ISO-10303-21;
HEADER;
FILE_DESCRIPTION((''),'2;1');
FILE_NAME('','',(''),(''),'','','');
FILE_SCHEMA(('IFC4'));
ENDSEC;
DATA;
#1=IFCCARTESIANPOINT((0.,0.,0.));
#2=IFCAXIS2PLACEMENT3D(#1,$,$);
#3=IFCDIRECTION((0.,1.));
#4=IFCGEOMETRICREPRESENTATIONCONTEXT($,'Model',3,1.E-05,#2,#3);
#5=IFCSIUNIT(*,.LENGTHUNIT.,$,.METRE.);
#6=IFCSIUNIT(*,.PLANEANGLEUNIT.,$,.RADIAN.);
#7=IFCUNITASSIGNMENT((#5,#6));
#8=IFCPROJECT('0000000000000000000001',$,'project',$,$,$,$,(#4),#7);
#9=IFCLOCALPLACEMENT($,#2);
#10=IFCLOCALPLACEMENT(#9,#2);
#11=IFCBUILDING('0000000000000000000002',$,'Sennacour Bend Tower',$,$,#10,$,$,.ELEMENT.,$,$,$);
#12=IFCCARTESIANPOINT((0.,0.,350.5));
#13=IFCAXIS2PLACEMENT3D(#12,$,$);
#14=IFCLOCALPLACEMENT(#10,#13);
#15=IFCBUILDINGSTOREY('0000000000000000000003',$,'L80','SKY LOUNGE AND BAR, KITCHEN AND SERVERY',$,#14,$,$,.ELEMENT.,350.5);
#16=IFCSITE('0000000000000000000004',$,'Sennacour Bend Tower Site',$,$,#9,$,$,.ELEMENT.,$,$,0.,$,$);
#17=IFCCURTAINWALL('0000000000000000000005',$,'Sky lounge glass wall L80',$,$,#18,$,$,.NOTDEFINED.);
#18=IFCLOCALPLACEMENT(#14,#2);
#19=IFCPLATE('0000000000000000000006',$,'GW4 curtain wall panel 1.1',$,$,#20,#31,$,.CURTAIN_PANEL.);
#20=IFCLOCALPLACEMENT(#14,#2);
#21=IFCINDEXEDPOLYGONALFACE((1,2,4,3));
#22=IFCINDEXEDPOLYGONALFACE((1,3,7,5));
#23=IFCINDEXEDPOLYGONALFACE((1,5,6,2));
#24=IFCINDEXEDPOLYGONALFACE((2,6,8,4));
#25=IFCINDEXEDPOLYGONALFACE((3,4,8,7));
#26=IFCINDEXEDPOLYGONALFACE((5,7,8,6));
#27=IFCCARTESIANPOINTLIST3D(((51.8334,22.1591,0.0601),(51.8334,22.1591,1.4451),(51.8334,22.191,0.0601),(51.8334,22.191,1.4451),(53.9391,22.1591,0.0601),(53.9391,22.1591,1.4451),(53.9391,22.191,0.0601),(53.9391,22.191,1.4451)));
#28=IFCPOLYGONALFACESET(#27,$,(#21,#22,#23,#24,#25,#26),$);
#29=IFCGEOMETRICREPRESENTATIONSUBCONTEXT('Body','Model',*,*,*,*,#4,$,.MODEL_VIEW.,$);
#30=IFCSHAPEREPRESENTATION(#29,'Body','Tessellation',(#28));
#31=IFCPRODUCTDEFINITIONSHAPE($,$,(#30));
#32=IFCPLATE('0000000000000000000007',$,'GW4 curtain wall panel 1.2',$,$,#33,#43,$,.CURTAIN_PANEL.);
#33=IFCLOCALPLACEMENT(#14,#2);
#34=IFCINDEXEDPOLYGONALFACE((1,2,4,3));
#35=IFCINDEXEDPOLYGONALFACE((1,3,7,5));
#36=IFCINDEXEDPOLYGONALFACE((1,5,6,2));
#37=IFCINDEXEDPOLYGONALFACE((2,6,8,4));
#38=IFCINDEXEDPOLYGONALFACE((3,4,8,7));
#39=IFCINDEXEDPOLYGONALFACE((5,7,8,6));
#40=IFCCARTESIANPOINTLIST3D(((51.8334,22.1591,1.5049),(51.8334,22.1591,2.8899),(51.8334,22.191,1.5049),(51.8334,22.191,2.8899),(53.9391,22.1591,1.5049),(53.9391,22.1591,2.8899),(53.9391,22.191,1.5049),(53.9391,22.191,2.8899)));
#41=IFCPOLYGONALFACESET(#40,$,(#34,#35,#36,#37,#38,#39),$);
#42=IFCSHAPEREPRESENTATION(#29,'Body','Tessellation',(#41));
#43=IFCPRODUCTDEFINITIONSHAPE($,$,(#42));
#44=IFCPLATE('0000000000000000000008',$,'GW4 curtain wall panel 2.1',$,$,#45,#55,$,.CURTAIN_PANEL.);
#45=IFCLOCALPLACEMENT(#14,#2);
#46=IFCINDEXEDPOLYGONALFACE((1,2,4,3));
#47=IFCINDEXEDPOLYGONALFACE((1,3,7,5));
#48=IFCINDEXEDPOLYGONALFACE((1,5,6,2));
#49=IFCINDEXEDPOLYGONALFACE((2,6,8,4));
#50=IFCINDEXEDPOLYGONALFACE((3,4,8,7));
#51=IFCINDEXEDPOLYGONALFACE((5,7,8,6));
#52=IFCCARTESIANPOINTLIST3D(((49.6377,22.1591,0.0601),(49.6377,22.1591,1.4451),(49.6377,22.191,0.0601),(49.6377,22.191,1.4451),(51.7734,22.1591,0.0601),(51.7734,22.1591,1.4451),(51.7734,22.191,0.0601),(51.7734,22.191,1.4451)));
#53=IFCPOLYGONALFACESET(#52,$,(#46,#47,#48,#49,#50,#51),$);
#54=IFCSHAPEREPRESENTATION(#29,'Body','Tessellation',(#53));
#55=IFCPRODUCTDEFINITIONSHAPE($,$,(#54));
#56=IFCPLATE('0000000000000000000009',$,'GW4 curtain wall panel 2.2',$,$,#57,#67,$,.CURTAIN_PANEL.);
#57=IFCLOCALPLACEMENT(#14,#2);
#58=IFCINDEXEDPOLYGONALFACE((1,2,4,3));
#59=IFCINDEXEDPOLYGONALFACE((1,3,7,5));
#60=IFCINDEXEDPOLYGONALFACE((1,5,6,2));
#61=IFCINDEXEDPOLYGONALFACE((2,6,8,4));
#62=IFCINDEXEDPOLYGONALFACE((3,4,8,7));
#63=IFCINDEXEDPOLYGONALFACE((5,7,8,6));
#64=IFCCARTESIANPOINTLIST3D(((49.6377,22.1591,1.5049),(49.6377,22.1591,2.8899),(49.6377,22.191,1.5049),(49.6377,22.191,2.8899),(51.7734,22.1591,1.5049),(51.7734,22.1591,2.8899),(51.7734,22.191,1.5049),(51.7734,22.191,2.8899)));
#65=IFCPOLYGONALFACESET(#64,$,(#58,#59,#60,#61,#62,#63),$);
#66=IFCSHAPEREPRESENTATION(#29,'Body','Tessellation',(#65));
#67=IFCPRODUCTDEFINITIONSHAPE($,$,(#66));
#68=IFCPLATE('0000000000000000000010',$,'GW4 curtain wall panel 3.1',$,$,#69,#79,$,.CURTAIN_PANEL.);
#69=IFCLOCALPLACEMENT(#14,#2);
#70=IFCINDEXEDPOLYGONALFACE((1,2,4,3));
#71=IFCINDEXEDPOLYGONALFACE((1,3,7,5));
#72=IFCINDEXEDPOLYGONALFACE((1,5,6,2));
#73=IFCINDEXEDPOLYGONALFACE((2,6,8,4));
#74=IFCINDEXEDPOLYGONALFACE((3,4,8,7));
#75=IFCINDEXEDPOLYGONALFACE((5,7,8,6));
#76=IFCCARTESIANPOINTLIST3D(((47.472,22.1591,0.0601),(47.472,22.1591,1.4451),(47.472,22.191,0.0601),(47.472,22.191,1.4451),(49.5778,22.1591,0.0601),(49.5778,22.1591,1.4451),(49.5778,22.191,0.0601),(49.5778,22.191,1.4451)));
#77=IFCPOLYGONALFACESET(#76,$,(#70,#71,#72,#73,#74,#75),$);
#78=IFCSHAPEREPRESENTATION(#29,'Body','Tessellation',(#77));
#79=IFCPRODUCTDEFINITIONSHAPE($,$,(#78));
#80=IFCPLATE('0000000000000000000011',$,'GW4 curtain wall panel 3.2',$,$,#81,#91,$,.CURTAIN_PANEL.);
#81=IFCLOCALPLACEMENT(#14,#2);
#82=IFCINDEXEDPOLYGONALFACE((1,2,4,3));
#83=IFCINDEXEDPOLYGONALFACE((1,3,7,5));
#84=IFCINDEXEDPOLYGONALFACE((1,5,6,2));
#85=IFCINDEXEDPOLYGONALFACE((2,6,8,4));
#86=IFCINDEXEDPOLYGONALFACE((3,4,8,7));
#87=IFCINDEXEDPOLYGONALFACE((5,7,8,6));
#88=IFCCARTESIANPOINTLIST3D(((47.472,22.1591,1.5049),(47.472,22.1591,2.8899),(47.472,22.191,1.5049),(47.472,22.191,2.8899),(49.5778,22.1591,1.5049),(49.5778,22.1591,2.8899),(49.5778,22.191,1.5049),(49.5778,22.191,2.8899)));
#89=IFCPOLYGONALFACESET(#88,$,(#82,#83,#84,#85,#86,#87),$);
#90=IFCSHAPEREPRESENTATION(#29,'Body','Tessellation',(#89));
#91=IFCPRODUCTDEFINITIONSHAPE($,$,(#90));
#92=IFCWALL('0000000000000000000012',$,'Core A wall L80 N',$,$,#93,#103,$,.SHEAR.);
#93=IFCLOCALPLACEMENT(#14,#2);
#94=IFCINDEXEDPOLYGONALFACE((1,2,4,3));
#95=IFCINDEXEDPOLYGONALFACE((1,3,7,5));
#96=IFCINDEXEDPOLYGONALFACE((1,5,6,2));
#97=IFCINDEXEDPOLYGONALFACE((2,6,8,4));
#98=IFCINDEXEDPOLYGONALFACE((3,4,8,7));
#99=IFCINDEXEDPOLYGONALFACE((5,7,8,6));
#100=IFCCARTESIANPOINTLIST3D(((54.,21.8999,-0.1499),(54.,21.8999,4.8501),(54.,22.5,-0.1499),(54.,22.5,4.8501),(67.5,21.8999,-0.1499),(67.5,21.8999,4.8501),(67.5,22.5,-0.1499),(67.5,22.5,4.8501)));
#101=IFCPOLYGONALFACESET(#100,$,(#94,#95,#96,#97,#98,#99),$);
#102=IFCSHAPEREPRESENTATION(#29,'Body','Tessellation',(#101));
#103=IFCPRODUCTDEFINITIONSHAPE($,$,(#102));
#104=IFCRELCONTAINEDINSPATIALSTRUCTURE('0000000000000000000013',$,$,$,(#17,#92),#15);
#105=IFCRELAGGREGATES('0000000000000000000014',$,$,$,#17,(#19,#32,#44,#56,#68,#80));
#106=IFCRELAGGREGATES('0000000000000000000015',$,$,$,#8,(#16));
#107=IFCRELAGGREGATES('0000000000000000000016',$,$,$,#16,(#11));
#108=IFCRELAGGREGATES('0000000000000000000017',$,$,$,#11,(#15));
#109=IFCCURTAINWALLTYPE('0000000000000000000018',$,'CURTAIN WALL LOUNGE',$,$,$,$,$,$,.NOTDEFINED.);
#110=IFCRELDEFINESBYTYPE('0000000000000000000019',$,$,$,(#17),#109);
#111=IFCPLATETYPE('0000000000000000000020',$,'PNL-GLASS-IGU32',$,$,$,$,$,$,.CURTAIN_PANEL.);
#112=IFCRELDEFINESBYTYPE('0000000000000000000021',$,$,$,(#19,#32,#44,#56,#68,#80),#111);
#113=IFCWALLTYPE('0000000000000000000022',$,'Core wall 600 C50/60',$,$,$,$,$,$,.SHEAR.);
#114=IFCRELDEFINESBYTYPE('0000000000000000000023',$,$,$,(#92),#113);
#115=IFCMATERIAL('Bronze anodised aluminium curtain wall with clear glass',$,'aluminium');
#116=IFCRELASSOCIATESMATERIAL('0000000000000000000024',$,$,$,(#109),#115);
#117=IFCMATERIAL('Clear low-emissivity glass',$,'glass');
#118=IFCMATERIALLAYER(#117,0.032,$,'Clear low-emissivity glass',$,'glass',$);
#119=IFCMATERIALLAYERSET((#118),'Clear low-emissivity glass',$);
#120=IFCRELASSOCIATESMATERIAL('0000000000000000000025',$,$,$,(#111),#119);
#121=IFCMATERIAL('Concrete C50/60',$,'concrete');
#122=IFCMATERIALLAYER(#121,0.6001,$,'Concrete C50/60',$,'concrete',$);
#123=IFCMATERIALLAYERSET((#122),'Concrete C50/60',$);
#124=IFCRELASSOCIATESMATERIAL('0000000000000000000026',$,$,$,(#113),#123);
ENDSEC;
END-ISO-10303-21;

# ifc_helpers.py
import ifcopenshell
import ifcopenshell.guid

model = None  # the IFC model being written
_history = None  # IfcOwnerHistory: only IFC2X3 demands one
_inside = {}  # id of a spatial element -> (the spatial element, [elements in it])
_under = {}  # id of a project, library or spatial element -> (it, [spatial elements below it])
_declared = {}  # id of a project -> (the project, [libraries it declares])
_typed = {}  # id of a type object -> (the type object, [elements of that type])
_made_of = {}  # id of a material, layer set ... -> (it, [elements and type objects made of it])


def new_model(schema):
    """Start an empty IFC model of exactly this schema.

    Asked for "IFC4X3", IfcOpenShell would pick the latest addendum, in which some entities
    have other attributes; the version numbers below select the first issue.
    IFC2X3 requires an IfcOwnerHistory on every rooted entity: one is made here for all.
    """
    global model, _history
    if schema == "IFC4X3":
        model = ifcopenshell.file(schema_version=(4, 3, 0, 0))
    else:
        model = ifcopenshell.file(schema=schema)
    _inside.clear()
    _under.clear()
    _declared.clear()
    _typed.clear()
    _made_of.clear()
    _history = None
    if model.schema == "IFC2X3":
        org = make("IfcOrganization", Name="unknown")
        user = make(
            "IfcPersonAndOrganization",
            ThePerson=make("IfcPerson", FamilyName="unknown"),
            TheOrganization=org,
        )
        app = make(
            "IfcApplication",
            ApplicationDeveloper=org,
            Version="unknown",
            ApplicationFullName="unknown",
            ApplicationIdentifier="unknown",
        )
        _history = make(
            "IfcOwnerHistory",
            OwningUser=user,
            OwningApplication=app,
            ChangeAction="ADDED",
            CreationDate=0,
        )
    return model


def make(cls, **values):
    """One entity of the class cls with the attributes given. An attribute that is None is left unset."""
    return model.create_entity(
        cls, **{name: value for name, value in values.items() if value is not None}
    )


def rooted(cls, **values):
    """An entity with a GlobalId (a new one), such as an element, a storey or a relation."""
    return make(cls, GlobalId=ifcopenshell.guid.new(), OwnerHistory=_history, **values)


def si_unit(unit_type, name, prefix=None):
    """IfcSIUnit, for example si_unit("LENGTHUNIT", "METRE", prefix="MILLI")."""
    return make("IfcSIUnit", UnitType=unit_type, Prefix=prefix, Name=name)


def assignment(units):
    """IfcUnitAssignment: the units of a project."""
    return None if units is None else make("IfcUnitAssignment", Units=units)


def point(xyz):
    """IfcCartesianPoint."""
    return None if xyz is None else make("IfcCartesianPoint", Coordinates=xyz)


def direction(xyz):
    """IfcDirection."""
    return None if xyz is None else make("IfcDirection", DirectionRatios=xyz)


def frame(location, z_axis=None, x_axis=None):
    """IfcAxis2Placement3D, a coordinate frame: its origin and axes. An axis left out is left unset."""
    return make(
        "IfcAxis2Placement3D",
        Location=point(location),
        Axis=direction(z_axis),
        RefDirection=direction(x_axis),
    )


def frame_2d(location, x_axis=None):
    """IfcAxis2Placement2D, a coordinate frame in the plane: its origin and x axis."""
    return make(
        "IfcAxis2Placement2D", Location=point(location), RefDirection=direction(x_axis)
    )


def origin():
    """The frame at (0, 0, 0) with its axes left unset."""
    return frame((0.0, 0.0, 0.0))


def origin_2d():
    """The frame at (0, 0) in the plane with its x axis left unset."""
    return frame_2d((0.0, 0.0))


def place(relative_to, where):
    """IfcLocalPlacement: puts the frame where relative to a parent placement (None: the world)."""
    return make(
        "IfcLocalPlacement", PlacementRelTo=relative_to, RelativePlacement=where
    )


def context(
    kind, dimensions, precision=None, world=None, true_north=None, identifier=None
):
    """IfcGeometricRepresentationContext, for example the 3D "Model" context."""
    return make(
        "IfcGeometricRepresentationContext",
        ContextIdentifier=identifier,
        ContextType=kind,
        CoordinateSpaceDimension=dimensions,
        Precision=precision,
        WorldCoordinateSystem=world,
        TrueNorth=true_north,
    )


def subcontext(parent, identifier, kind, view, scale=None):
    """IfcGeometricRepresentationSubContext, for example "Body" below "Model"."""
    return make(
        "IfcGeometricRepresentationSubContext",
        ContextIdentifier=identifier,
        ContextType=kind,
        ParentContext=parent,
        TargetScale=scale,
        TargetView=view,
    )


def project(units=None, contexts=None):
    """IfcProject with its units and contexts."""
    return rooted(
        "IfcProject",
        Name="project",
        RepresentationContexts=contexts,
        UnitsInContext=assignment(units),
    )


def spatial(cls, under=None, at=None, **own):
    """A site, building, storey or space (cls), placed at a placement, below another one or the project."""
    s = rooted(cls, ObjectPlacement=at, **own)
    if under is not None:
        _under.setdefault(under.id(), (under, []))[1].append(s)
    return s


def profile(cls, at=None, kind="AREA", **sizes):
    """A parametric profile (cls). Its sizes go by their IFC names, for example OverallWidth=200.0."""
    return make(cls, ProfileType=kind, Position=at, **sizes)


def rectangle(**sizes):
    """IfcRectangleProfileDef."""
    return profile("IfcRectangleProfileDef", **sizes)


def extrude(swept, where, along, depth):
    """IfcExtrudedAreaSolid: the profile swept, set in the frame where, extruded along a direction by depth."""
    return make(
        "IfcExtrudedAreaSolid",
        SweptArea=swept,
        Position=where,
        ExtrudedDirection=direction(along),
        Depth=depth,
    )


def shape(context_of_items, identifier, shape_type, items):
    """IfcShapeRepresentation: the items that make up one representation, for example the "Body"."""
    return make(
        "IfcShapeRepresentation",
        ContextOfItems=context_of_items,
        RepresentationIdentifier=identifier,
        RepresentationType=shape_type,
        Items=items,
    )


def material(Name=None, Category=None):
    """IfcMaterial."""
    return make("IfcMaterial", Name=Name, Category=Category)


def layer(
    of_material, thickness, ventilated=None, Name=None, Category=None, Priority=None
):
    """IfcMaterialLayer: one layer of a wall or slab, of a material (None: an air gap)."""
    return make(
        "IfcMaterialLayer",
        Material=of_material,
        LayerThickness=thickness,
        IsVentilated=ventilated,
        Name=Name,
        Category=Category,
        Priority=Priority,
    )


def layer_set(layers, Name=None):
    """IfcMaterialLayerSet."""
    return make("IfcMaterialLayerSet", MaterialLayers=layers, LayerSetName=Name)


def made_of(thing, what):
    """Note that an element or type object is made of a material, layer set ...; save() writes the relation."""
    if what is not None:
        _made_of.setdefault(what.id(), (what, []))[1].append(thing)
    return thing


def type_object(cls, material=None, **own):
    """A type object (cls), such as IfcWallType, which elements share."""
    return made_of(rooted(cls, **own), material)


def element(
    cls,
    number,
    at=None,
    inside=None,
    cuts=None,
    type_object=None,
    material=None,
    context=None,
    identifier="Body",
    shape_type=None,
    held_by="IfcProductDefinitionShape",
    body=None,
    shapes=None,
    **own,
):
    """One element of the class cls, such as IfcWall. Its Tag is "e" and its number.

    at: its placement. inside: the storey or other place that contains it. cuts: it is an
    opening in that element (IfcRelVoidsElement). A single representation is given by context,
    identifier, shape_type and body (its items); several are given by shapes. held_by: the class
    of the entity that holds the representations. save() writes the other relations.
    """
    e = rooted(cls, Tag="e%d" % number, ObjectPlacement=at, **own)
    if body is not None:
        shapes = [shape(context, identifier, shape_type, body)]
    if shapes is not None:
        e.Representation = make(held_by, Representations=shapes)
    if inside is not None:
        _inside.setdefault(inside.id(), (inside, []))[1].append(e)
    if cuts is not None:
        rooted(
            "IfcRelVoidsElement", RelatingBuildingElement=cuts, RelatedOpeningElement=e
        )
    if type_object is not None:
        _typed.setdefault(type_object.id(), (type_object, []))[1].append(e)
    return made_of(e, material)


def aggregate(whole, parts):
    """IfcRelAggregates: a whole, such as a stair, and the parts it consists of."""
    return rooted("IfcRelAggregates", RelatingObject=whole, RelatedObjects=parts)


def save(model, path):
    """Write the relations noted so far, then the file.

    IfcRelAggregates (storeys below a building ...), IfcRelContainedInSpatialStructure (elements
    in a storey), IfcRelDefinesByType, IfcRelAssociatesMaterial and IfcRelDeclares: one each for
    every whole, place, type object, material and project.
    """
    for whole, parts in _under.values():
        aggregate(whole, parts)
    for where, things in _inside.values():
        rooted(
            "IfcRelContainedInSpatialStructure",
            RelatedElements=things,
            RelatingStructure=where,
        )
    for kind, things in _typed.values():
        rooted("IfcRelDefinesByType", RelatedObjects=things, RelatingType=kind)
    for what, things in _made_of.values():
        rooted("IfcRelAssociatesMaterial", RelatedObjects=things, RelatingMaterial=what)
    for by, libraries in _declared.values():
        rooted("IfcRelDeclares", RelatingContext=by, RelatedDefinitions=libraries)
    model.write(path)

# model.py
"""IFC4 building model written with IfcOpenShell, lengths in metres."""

from ifc_helpers import new_model, si_unit, direction, frame, frame_2d, origin, origin_2d, place, context, subcontext, project, spatial, rectangle, extrude, material, layer, layer_set, type_object, element, aggregate, save


model = new_model("IFC4")

# Units and contexts
model_context = context("Model", 3, precision=1e-05, world=origin(), true_north=direction((0.0, 1.0)))
body_context = subcontext(model_context, "Body", "Model", "MODEL_VIEW")
ifc_project = project(units=[si_unit("LENGTHUNIT", "METRE"), si_unit("PLANEANGLEUNIT", "RADIAN")], contexts=[model_context])

# Site, building, storey
site_placement = place(None, origin())
site = spatial("IfcSite", under=ifc_project, at=site_placement, Name="Sennacour Bend Tower Site", CompositionType="ELEMENT", RefElevation=0.0)
building_placement = place(site_placement, origin())
building = spatial("IfcBuilding", under=site, at=building_placement, Name="Sennacour Bend Tower", CompositionType="ELEMENT")
storey_placement = place(building_placement, frame((0.0, 0.0, 350.5)))
storey = spatial("IfcBuildingStorey", under=building, at=storey_placement, Name="L80", Description="SKY LOUNGE AND BAR, KITCHEN AND SERVERY", CompositionType="ELEMENT", Elevation=350.5)

# Curtain wall
ifc_material_1 = material(Name="Bronze anodised aluminium curtain wall with clear glass", Category="aluminium")
curtain_wall_type = type_object("IfcCurtainWallType", Name="CURTAIN WALL LOUNGE", PredefinedType="NOTDEFINED", material=ifc_material_1)
curtain_wall_1_placement = place(storey_placement, origin())
curtain_wall_1 = element("IfcCurtainWall", 1, at=curtain_wall_1_placement, inside=storey, type_object=curtain_wall_type, Name="Sky lounge glass wall L80", PredefinedType="NOTDEFINED")

# Plates
ifc_material_2 = material(Name="Clear low-emissivity glass", Category="glass")
ifc_layer_1 = layer(ifc_material_2, 0.032, Name="Clear low-emissivity glass", Category="glass")
ifc_layer_set_1 = layer_set([ifc_layer_1], Name="Clear low-emissivity glass")
plate_type_1 = type_object("IfcPlateType", Name="PNL-GLASS-IGU32", PredefinedType="CURTAIN_PANEL", material=ifc_layer_set_1)
plate_1_placement = place(storey_placement, frame((52.8862, 22.175, 0.0601), z_axis=(0.0, 0.0, 1.0), x_axis=(-1.0, 0.0, 0.0)))
plate_1 = element("IfcPlate", 2, at=plate_1_placement, type_object=plate_type_1, Name="GW4 curtain wall panel 1.1", PredefinedType="CURTAIN_PANEL", context=body_context, shape_type="SweptSolid", body=[
    extrude(rectangle(XDim=2.1057, YDim=0.032, at=origin_2d()), origin(), (0.0, 0.0, 1.0), 1.385),
])
plate_2_placement = place(storey_placement, frame((52.8862, 22.175, 1.5049), z_axis=(0.0, 0.0, 1.0), x_axis=(-1.0, 0.0, 0.0)))
plate_2 = element("IfcPlate", 3, at=plate_2_placement, type_object=plate_type_1, Name="GW4 curtain wall panel 1.2", PredefinedType="CURTAIN_PANEL", context=body_context, shape_type="SweptSolid", body=[
    extrude(rectangle(XDim=2.1057, YDim=0.032, at=origin_2d()), origin(), (0.0, 0.0, 1.0), 1.385),
])
plate_3_placement = place(storey_placement, frame((50.7056, 22.175, 0.0601), z_axis=(0.0, 0.0, 1.0), x_axis=(-1.0, 0.0, 0.0)))
plate_3 = element("IfcPlate", 4, at=plate_3_placement, type_object=plate_type_1, Name="GW4 curtain wall panel 2.1", PredefinedType="CURTAIN_PANEL", context=body_context, shape_type="SweptSolid", body=[
    extrude(rectangle(XDim=2.1357, YDim=0.032, at=origin_2d()), origin(), (0.0, 0.0, 1.0), 1.385),
])
plate_4_placement = place(storey_placement, frame((50.7056, 22.175, 1.5049), z_axis=(0.0, 0.0, 1.0), x_axis=(-1.0, 0.0, 0.0)))
plate_4 = element("IfcPlate", 5, at=plate_4_placement, type_object=plate_type_1, Name="GW4 curtain wall panel 2.2", PredefinedType="CURTAIN_PANEL", context=body_context, shape_type="SweptSolid", body=[
    extrude(rectangle(XDim=2.1357, YDim=0.032, at=origin_2d()), origin(), (0.0, 0.0, 1.0), 1.385),
])
plate_5_placement = place(storey_placement, frame((48.5249, 22.175, 0.0601), z_axis=(0.0, 0.0, 1.0), x_axis=(-1.0, 0.0, 0.0)))
plate_5 = element("IfcPlate", 6, at=plate_5_placement, type_object=plate_type_1, Name="GW4 curtain wall panel 3.1", PredefinedType="CURTAIN_PANEL", context=body_context, shape_type="SweptSolid", body=[
    extrude(rectangle(XDim=2.1057, YDim=0.032, at=origin_2d()), origin(), (0.0, 0.0, 1.0), 1.385),
])
plate_6_placement = place(storey_placement, frame((48.5249, 22.175, 1.5049), z_axis=(0.0, 0.0, 1.0), x_axis=(-1.0, 0.0, 0.0)))
plate_6 = element("IfcPlate", 7, at=plate_6_placement, type_object=plate_type_1, Name="GW4 curtain wall panel 3.2", PredefinedType="CURTAIN_PANEL", context=body_context, shape_type="SweptSolid", body=[
    extrude(rectangle(XDim=2.1057, YDim=0.032, at=origin_2d()), origin(), (0.0, 0.0, 1.0), 1.385),
])
aggregate(curtain_wall_1, [plate_1, plate_2, plate_3, plate_4, plate_5, plate_6])

# Wall
ifc_material_3 = material(Name="Concrete C50/60", Category="concrete")
ifc_layer_2 = layer(ifc_material_3, 0.6001, Name="Concrete C50/60", Category="concrete")
ifc_layer_set_2 = layer_set([ifc_layer_2], Name="Concrete C50/60")
wall_type = type_object("IfcWallType", Name="Core wall 600 C50/60", PredefinedType="SHEAR", material=ifc_layer_set_2)
wall_placement = place(storey_placement, frame((54.0, 22.2, -0.1499), z_axis=(0.0, 0.0, 1.0), x_axis=(1.0, 0.0, 0.0)))
element("IfcWall", 8, at=wall_placement, inside=storey, type_object=wall_type, Name="Core A wall L80 N", PredefinedType="SHEAR", context=body_context, shape_type="SweptSolid", body=[
    extrude(rectangle(XDim=13.5, YDim=0.6001, at=frame_2d((6.75, 0.0))), origin(), (0.0, 0.0, 1.0), 5.0),
])

save(model, "model.ifc")
